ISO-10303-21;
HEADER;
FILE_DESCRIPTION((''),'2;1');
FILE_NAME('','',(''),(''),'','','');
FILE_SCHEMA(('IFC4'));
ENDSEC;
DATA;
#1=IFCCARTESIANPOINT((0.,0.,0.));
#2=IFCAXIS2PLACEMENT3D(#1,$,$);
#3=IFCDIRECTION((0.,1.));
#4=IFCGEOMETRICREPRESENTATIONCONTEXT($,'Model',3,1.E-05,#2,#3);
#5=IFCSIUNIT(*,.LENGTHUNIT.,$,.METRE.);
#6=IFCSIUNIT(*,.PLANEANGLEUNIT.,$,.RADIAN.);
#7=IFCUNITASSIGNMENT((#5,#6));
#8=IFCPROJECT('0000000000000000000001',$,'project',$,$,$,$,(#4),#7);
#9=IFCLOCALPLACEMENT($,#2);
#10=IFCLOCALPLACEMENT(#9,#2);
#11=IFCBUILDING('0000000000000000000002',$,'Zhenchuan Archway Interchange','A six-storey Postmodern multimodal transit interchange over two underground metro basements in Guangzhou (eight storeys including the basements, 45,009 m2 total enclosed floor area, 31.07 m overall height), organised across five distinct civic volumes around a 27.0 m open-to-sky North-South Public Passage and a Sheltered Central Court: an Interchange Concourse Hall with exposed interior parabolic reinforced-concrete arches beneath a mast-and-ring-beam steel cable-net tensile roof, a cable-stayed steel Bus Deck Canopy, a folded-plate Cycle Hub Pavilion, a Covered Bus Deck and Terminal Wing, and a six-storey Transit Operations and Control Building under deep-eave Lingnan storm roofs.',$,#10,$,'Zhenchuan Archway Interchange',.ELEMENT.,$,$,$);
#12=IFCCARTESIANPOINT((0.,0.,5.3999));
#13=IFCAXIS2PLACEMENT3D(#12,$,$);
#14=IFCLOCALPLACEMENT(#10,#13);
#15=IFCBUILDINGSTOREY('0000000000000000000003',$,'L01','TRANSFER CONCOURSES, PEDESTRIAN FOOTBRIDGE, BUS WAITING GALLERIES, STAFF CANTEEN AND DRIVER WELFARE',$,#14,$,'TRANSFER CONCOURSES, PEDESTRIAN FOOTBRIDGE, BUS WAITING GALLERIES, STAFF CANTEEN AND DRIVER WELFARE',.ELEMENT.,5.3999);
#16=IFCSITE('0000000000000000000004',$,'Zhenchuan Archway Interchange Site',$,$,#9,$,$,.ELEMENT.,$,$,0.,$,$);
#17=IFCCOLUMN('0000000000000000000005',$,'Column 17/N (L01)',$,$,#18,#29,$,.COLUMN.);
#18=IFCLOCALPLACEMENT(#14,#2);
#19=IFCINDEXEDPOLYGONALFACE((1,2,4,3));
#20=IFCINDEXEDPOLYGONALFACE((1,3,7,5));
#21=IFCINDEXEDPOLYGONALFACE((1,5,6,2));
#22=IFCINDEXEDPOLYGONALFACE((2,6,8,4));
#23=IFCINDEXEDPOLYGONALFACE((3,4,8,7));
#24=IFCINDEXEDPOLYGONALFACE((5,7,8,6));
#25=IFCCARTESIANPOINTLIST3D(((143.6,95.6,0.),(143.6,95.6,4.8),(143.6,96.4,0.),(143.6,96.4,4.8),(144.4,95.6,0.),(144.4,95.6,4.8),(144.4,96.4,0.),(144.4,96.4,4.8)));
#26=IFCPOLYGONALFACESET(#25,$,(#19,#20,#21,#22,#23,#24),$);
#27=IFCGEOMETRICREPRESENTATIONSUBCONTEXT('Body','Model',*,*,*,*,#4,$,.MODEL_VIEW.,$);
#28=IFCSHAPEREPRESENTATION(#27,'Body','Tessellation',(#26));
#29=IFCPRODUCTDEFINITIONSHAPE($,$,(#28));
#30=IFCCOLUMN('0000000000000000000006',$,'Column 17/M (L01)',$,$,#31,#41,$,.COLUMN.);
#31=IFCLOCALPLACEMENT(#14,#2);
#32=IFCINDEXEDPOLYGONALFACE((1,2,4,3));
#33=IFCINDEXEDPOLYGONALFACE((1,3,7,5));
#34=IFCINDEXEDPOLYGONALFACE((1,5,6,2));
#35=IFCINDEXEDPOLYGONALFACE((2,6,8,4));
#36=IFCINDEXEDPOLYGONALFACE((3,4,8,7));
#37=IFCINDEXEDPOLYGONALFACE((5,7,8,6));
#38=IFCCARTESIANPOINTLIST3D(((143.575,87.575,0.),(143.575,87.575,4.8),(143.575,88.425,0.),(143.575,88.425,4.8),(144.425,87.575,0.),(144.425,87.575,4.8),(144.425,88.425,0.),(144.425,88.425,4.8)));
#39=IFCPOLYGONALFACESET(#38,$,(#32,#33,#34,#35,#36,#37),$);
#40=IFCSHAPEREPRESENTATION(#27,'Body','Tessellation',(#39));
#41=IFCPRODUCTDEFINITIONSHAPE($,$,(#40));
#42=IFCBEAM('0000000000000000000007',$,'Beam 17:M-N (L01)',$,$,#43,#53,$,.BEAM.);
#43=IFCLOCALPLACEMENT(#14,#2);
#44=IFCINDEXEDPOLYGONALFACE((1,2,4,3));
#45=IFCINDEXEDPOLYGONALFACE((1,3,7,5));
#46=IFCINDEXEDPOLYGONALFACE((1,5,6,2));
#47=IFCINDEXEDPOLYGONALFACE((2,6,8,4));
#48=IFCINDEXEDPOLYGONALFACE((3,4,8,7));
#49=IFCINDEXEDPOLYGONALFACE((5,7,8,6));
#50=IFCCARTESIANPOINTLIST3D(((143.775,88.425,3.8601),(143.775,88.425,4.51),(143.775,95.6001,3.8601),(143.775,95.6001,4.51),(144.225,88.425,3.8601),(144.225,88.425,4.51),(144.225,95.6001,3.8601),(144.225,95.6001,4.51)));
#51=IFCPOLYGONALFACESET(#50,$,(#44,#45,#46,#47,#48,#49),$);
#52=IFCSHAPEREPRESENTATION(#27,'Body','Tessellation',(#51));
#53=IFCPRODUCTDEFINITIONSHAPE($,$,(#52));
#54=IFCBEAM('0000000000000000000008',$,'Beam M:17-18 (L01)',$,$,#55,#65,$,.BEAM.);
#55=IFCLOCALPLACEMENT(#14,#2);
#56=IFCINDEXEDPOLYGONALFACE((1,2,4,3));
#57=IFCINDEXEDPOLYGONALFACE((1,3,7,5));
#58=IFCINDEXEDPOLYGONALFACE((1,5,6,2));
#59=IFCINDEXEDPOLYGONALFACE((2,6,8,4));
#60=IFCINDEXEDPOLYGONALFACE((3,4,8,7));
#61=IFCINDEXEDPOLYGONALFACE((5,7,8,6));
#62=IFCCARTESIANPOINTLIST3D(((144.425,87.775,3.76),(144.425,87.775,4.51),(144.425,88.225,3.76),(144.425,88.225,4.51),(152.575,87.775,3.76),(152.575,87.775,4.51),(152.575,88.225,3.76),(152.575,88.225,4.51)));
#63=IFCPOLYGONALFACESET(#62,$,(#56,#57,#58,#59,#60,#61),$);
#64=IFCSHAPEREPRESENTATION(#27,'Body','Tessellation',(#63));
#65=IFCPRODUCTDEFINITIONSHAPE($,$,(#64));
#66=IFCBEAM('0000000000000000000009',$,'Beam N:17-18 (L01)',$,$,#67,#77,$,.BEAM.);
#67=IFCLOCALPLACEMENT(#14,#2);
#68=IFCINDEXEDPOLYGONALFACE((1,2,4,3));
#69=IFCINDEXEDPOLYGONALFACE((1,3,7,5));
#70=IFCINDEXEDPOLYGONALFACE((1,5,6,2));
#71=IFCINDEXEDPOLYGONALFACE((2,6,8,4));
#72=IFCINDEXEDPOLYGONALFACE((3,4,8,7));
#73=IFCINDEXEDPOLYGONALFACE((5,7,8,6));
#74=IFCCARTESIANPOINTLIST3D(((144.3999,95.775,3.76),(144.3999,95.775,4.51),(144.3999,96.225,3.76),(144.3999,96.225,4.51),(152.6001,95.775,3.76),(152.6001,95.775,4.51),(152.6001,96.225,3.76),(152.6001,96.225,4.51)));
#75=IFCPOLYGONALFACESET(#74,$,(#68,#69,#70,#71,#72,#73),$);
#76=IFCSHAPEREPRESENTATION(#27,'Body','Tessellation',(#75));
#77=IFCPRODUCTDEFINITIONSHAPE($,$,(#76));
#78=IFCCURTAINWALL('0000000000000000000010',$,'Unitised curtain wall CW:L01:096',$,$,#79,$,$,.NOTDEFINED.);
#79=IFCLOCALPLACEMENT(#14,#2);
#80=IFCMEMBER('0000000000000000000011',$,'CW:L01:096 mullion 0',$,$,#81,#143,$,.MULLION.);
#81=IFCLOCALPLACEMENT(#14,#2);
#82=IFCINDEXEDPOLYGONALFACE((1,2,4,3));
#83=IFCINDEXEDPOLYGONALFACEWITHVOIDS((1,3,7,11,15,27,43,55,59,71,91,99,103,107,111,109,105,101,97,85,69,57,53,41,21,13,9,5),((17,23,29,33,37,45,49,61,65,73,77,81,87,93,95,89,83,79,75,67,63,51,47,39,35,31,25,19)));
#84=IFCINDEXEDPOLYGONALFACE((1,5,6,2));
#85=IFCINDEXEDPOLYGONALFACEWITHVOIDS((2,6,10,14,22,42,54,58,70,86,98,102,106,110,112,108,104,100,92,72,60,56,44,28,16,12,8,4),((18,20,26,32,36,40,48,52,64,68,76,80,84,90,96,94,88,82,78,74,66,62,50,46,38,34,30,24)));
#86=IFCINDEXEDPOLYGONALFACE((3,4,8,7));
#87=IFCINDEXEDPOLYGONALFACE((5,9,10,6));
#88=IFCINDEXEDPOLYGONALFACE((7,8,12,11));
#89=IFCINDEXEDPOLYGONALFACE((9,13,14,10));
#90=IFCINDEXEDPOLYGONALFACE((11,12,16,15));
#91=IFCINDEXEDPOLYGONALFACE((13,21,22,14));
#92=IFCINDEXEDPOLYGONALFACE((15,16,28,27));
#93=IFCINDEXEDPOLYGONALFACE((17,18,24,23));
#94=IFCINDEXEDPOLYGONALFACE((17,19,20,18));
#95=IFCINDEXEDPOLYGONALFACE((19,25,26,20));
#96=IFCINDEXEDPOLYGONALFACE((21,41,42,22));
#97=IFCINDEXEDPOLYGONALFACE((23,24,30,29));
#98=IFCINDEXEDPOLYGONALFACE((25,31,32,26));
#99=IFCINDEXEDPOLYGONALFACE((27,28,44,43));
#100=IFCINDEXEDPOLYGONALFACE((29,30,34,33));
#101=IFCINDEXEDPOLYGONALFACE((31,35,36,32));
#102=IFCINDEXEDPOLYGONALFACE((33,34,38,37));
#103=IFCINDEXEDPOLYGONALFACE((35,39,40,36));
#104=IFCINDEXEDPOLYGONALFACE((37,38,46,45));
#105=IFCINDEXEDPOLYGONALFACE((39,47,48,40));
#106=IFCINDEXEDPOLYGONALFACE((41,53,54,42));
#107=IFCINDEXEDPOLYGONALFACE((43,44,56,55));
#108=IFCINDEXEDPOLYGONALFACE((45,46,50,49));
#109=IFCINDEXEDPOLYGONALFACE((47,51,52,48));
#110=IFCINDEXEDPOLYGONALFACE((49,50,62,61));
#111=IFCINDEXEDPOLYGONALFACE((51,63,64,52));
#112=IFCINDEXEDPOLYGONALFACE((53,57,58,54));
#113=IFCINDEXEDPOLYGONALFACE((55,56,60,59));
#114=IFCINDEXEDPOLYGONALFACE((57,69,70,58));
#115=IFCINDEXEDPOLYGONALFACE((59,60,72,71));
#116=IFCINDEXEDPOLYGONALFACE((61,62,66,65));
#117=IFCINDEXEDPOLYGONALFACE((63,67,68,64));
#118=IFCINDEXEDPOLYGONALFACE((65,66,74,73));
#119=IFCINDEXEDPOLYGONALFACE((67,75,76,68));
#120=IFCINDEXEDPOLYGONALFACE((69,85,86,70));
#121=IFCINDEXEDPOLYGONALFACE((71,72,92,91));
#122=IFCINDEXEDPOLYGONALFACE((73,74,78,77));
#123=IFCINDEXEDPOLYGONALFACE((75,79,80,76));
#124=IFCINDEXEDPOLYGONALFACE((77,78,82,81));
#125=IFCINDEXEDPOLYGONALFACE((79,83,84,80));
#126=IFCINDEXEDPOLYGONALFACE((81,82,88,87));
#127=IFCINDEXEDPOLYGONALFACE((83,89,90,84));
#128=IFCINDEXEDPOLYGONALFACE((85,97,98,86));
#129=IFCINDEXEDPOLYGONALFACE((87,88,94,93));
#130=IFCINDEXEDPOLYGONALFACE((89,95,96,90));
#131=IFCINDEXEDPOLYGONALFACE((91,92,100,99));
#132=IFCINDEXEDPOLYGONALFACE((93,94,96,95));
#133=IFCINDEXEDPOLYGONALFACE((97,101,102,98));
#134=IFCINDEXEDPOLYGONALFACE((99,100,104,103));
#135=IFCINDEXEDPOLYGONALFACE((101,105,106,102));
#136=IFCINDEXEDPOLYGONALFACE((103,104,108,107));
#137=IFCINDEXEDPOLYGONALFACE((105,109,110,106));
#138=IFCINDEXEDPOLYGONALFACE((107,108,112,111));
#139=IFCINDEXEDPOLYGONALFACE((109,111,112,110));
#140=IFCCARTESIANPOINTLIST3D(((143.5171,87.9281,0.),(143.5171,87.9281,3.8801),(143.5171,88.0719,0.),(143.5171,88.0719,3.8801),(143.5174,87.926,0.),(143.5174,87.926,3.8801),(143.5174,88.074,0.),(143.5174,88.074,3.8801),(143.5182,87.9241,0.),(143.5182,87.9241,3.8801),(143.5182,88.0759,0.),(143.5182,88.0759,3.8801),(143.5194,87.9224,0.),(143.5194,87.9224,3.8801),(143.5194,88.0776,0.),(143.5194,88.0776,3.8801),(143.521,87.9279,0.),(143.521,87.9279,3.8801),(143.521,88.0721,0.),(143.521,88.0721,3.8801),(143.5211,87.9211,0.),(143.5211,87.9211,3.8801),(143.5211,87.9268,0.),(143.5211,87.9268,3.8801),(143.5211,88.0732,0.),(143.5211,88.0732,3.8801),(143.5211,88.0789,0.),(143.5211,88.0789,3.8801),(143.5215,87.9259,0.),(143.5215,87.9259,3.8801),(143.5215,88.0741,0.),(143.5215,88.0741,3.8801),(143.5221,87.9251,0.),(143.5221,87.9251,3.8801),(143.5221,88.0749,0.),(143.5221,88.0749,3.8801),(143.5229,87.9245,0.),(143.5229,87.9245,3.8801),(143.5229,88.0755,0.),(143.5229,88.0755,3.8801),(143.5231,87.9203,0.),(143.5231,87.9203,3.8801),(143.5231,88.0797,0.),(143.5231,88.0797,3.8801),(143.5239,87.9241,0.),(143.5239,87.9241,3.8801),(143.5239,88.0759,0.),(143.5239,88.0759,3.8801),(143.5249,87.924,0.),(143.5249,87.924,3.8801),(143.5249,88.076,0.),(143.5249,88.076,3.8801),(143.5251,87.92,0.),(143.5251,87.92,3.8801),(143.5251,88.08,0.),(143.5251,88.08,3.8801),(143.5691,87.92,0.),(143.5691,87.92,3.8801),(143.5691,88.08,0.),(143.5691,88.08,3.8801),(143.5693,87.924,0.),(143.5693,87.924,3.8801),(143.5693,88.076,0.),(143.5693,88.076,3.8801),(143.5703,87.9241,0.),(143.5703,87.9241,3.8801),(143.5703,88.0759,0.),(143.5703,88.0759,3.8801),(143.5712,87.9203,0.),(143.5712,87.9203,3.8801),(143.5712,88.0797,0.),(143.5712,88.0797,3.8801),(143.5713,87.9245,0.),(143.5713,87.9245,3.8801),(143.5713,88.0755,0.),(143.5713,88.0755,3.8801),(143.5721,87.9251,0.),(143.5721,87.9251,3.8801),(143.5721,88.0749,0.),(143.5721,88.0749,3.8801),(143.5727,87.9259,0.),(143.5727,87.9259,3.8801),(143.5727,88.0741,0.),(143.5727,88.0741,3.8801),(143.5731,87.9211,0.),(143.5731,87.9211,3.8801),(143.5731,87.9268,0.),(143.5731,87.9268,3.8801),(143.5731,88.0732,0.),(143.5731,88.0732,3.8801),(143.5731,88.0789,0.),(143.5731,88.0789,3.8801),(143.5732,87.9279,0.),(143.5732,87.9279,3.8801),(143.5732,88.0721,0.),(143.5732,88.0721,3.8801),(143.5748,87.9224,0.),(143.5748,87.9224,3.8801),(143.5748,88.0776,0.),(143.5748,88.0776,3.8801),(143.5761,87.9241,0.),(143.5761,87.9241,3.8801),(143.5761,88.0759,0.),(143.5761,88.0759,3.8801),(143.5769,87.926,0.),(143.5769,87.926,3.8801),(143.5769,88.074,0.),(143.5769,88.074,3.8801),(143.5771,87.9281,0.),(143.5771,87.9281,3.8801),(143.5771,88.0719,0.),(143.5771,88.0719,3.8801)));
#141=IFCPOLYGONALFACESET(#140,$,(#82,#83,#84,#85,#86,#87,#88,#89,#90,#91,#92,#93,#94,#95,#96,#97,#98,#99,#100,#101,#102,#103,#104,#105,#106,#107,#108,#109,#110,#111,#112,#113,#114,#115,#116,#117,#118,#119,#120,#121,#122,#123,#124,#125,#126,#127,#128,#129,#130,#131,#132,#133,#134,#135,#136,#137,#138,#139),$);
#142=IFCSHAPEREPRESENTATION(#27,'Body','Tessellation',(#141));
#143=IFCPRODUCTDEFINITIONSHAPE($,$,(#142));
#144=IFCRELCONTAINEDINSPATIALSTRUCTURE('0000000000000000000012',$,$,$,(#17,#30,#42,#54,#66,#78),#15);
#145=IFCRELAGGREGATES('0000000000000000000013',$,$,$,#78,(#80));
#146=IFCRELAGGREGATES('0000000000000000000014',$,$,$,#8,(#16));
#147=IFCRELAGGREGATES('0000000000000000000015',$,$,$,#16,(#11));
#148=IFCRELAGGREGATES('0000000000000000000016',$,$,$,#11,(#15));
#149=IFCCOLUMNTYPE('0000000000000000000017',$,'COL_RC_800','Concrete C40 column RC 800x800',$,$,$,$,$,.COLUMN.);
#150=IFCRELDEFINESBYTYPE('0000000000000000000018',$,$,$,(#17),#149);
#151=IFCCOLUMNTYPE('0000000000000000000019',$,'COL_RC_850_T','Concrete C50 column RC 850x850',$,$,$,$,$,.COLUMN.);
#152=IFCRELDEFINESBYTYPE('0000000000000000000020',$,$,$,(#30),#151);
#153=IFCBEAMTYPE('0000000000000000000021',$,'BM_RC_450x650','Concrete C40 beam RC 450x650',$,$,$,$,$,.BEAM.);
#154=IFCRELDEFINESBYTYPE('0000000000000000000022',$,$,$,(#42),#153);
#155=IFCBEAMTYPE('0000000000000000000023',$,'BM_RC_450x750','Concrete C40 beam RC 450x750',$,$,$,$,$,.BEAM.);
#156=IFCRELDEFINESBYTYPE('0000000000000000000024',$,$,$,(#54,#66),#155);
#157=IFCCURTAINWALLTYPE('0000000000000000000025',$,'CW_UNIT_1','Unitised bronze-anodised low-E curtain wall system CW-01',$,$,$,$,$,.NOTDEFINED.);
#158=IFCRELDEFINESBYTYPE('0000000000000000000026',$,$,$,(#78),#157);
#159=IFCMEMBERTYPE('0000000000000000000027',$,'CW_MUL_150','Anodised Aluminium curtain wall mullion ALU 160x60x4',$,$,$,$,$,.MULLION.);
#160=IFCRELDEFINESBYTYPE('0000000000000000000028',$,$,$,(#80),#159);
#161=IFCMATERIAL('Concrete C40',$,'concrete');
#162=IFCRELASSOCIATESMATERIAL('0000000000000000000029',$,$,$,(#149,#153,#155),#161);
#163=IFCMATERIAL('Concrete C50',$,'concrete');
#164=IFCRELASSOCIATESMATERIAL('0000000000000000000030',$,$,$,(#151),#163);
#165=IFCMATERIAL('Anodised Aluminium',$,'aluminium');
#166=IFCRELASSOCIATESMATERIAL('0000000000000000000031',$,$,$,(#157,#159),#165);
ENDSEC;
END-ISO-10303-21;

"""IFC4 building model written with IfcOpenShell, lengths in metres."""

from ifc_helpers import new_model, si_unit, direction, frame, origin, origin_2d, place, context, subcontext, project, spatial, rectangle, hollow_rectangle, extrude, material, material_profile, profile_set, type_object, element, aggregate, save


model = new_model("IFC4")

# Units and contexts
model_context = context("Model", 3, precision=1e-05, world=origin(), true_north=direction((0.0, 1.0)))
body_context = subcontext(model_context, "Body", "Model", "MODEL_VIEW")
ifc_project = project(units=[si_unit("LENGTHUNIT", "METRE"), si_unit("PLANEANGLEUNIT", "RADIAN")], contexts=[model_context])

# Site, building, storey
site_placement = place(None, origin())
site = spatial("IfcSite", under=ifc_project, at=site_placement, Name="Zhenchuan Archway Interchange Site", CompositionType="ELEMENT", RefElevation=0.0)
building_placement = place(site_placement, origin())
building = spatial("IfcBuilding", under=site, at=building_placement, Name="Zhenchuan Archway Interchange", Description="A six-storey Postmodern multimodal transit interchange over two underground metro basements in Guangzhou (eight storeys including the basements, 45,009 m2 total enclosed floor area, 31.07 m overall height), organised across five distinct civic volumes around a 27.0 m open-to-sky North-South Public Passage and a Sheltered Central Court: an Interchange Concourse Hall with exposed interior parabolic reinforced-concrete arches beneath a mast-and-ring-beam steel cable-net tensile roof, a cable-stayed steel Bus Deck Canopy, a folded-plate Cycle Hub Pavilion, a Covered Bus Deck and Terminal Wing, and a six-storey Transit Operations and Control Building under deep-eave Lingnan storm roofs.", LongName="Zhenchuan Archway Interchange", CompositionType="ELEMENT")
storey_placement = place(building_placement, frame((0.0, 0.0, 5.3999)))
storey = spatial("IfcBuildingStorey", under=building, at=storey_placement, Name="L01", Description="TRANSFER CONCOURSES, PEDESTRIAN FOOTBRIDGE, BUS WAITING GALLERIES, STAFF CANTEEN AND DRIVER WELFARE", LongName="TRANSFER CONCOURSES, PEDESTRIAN FOOTBRIDGE, BUS WAITING GALLERIES, STAFF CANTEEN AND DRIVER WELFARE", CompositionType="ELEMENT", Elevation=5.3999)

# Columns
ifc_material_1 = material(Name="Concrete C40", Category="concrete")
ifc_material_profile_1 = material_profile(ifc_material_1, rectangle(XDim=0.8, YDim=0.8, at=origin_2d()), Name="RC 800x800")
ifc_profile_set_1 = profile_set([ifc_material_profile_1], Name="Concrete C40")
column_type_1 = type_object("IfcColumnType", Name="COL_RC_800", Description="Concrete C40 column RC 800x800", PredefinedType="COLUMN", material=ifc_profile_set_1)
column_1_placement = place(storey_placement, frame((144.0, 96.0, 0.0), z_axis=(0.0, 0.0, 1.0), x_axis=(1.0, 0.0, 0.0)))
element("IfcColumn", 1, at=column_1_placement, inside=storey, type_object=column_type_1, Name="Column 17/N (L01)", PredefinedType="COLUMN", context=body_context, shape_type="SweptSolid", body=[
    extrude(rectangle(XDim=0.8, YDim=0.8, at=origin_2d()), origin(), (0.0, 0.0, 1.0), 4.8),
])
ifc_material_2 = material(Name="Concrete C50", Category="concrete")
ifc_material_profile_2 = material_profile(ifc_material_2, rectangle(XDim=0.8501, YDim=0.8501, at=origin_2d()), Name="RC 850x850")
ifc_profile_set_2 = profile_set([ifc_material_profile_2], Name="Concrete C50")
column_type_2 = type_object("IfcColumnType", Name="COL_RC_850_T", Description="Concrete C50 column RC 850x850", PredefinedType="COLUMN", material=ifc_profile_set_2)
column_2_placement = place(storey_placement, frame((144.0, 88.0, 0.0), z_axis=(0.0, 0.0, 1.0), x_axis=(1.0, 0.0, 0.0)))
element("IfcColumn", 2, at=column_2_placement, inside=storey, type_object=column_type_2, Name="Column 17/M (L01)", PredefinedType="COLUMN", context=body_context, shape_type="SweptSolid", body=[
    extrude(rectangle(XDim=0.8501, YDim=0.8501, at=origin_2d()), origin(), (0.0, 0.0, 1.0), 4.8),
])

# Beams
ifc_material_profile_3 = material_profile(ifc_material_1, rectangle(XDim=0.45, YDim=0.6499, at=origin_2d()), Name="RC 450x650")
ifc_profile_set_3 = profile_set([ifc_material_profile_3], Name="Concrete C40")
beam_type_1 = type_object("IfcBeamType", Name="BM_RC_450x650", Description="Concrete C40 beam RC 450x650", PredefinedType="BEAM", material=ifc_profile_set_3)
beam_1_placement = place(storey_placement, frame((144.0, 88.425, 4.1851), z_axis=(0.0, 1.0, 0.0), x_axis=(-1.0, 0.0, 0.0)))
element("IfcBeam", 3, at=beam_1_placement, inside=storey, type_object=beam_type_1, Name="Beam 17:M-N (L01)", PredefinedType="BEAM", context=body_context, shape_type="SweptSolid", body=[
    extrude(rectangle(XDim=0.45, YDim=0.6499, at=origin_2d()), origin(), (0.0, 0.0, 1.0), 7.175),
])
ifc_material_profile_4 = material_profile(ifc_material_1, rectangle(XDim=0.45, YDim=0.75, at=origin_2d()), Name="RC 450x750")
ifc_profile_set_4 = profile_set([ifc_material_profile_4], Name="Concrete C40")
beam_type_2 = type_object("IfcBeamType", Name="BM_RC_450x750", Description="Concrete C40 beam RC 450x750", PredefinedType="BEAM", material=ifc_profile_set_4)
beam_2_placement = place(storey_placement, frame((144.425, 88.0, 4.135), z_axis=(1.0, 0.0, 0.0), x_axis=(0.0, 1.0, 0.0)))
element("IfcBeam", 4, at=beam_2_placement, inside=storey, type_object=beam_type_2, Name="Beam M:17-18 (L01)", PredefinedType="BEAM", context=body_context, shape_type="SweptSolid", body=[
    extrude(rectangle(XDim=0.45, YDim=0.75, at=origin_2d()), origin(), (0.0, 0.0, 1.0), 8.1499),
])
beam_3_placement = place(storey_placement, frame((144.3999, 96.0, 4.135), z_axis=(1.0, 0.0, 0.0), x_axis=(0.0, 1.0, 0.0)))
element("IfcBeam", 5, at=beam_3_placement, inside=storey, type_object=beam_type_2, Name="Beam N:17-18 (L01)", PredefinedType="BEAM", context=body_context, shape_type="SweptSolid", body=[
    extrude(rectangle(XDim=0.45, YDim=0.75, at=origin_2d()), origin(), (0.0, 0.0, 1.0), 8.2002),
])

# Curtain wall, member
ifc_material_3 = material(Name="Anodised Aluminium", Category="aluminium")
curtain_wall_type = type_object("IfcCurtainWallType", Name="CW_UNIT_1", Description="Unitised bronze-anodised low-E curtain wall system CW-01", PredefinedType="NOTDEFINED", material=ifc_material_3)
curtain_wall_placement = place(storey_placement, origin())
curtain_wall = element("IfcCurtainWall", 6, at=curtain_wall_placement, inside=storey, type_object=curtain_wall_type, Name="Unitised curtain wall CW:L01:096", PredefinedType="NOTDEFINED")
ifc_material_profile_5 = material_profile(ifc_material_3, hollow_rectangle(XDim=0.0601, YDim=0.1599, WallThickness=0.0039, InnerFilletRadius=0.0039, OuterFilletRadius=0.0081, at=origin_2d()), Name="ALU 160x60x4")
ifc_profile_set_5 = profile_set([ifc_material_profile_5], Name="Anodised Aluminium")
member_type_1 = type_object("IfcMemberType", Name="CW_MUL_150", Description="Anodised Aluminium curtain wall mullion ALU 160x60x4", PredefinedType="MULLION", material=ifc_profile_set_5)
member_1_placement = place(storey_placement, frame((143.5471, 88.0, 0.0), z_axis=(0.0, 0.0, 1.0), x_axis=(1.0, 0.0, 0.0)))
member_1 = element("IfcMember", 7, at=member_1_placement, type_object=member_type_1, Name="CW:L01:096 mullion 0", PredefinedType="MULLION", context=body_context, shape_type="SweptSolid", body=[
    extrude(hollow_rectangle(XDim=0.0601, YDim=0.1599, WallThickness=0.0039, InnerFilletRadius=0.0039, OuterFilletRadius=0.0081, at=origin_2d()), origin(), (0.0, 0.0, 1.0), 3.8801),
])

aggregate(curtain_wall, [member_1])

save(model, "model.ifc")
